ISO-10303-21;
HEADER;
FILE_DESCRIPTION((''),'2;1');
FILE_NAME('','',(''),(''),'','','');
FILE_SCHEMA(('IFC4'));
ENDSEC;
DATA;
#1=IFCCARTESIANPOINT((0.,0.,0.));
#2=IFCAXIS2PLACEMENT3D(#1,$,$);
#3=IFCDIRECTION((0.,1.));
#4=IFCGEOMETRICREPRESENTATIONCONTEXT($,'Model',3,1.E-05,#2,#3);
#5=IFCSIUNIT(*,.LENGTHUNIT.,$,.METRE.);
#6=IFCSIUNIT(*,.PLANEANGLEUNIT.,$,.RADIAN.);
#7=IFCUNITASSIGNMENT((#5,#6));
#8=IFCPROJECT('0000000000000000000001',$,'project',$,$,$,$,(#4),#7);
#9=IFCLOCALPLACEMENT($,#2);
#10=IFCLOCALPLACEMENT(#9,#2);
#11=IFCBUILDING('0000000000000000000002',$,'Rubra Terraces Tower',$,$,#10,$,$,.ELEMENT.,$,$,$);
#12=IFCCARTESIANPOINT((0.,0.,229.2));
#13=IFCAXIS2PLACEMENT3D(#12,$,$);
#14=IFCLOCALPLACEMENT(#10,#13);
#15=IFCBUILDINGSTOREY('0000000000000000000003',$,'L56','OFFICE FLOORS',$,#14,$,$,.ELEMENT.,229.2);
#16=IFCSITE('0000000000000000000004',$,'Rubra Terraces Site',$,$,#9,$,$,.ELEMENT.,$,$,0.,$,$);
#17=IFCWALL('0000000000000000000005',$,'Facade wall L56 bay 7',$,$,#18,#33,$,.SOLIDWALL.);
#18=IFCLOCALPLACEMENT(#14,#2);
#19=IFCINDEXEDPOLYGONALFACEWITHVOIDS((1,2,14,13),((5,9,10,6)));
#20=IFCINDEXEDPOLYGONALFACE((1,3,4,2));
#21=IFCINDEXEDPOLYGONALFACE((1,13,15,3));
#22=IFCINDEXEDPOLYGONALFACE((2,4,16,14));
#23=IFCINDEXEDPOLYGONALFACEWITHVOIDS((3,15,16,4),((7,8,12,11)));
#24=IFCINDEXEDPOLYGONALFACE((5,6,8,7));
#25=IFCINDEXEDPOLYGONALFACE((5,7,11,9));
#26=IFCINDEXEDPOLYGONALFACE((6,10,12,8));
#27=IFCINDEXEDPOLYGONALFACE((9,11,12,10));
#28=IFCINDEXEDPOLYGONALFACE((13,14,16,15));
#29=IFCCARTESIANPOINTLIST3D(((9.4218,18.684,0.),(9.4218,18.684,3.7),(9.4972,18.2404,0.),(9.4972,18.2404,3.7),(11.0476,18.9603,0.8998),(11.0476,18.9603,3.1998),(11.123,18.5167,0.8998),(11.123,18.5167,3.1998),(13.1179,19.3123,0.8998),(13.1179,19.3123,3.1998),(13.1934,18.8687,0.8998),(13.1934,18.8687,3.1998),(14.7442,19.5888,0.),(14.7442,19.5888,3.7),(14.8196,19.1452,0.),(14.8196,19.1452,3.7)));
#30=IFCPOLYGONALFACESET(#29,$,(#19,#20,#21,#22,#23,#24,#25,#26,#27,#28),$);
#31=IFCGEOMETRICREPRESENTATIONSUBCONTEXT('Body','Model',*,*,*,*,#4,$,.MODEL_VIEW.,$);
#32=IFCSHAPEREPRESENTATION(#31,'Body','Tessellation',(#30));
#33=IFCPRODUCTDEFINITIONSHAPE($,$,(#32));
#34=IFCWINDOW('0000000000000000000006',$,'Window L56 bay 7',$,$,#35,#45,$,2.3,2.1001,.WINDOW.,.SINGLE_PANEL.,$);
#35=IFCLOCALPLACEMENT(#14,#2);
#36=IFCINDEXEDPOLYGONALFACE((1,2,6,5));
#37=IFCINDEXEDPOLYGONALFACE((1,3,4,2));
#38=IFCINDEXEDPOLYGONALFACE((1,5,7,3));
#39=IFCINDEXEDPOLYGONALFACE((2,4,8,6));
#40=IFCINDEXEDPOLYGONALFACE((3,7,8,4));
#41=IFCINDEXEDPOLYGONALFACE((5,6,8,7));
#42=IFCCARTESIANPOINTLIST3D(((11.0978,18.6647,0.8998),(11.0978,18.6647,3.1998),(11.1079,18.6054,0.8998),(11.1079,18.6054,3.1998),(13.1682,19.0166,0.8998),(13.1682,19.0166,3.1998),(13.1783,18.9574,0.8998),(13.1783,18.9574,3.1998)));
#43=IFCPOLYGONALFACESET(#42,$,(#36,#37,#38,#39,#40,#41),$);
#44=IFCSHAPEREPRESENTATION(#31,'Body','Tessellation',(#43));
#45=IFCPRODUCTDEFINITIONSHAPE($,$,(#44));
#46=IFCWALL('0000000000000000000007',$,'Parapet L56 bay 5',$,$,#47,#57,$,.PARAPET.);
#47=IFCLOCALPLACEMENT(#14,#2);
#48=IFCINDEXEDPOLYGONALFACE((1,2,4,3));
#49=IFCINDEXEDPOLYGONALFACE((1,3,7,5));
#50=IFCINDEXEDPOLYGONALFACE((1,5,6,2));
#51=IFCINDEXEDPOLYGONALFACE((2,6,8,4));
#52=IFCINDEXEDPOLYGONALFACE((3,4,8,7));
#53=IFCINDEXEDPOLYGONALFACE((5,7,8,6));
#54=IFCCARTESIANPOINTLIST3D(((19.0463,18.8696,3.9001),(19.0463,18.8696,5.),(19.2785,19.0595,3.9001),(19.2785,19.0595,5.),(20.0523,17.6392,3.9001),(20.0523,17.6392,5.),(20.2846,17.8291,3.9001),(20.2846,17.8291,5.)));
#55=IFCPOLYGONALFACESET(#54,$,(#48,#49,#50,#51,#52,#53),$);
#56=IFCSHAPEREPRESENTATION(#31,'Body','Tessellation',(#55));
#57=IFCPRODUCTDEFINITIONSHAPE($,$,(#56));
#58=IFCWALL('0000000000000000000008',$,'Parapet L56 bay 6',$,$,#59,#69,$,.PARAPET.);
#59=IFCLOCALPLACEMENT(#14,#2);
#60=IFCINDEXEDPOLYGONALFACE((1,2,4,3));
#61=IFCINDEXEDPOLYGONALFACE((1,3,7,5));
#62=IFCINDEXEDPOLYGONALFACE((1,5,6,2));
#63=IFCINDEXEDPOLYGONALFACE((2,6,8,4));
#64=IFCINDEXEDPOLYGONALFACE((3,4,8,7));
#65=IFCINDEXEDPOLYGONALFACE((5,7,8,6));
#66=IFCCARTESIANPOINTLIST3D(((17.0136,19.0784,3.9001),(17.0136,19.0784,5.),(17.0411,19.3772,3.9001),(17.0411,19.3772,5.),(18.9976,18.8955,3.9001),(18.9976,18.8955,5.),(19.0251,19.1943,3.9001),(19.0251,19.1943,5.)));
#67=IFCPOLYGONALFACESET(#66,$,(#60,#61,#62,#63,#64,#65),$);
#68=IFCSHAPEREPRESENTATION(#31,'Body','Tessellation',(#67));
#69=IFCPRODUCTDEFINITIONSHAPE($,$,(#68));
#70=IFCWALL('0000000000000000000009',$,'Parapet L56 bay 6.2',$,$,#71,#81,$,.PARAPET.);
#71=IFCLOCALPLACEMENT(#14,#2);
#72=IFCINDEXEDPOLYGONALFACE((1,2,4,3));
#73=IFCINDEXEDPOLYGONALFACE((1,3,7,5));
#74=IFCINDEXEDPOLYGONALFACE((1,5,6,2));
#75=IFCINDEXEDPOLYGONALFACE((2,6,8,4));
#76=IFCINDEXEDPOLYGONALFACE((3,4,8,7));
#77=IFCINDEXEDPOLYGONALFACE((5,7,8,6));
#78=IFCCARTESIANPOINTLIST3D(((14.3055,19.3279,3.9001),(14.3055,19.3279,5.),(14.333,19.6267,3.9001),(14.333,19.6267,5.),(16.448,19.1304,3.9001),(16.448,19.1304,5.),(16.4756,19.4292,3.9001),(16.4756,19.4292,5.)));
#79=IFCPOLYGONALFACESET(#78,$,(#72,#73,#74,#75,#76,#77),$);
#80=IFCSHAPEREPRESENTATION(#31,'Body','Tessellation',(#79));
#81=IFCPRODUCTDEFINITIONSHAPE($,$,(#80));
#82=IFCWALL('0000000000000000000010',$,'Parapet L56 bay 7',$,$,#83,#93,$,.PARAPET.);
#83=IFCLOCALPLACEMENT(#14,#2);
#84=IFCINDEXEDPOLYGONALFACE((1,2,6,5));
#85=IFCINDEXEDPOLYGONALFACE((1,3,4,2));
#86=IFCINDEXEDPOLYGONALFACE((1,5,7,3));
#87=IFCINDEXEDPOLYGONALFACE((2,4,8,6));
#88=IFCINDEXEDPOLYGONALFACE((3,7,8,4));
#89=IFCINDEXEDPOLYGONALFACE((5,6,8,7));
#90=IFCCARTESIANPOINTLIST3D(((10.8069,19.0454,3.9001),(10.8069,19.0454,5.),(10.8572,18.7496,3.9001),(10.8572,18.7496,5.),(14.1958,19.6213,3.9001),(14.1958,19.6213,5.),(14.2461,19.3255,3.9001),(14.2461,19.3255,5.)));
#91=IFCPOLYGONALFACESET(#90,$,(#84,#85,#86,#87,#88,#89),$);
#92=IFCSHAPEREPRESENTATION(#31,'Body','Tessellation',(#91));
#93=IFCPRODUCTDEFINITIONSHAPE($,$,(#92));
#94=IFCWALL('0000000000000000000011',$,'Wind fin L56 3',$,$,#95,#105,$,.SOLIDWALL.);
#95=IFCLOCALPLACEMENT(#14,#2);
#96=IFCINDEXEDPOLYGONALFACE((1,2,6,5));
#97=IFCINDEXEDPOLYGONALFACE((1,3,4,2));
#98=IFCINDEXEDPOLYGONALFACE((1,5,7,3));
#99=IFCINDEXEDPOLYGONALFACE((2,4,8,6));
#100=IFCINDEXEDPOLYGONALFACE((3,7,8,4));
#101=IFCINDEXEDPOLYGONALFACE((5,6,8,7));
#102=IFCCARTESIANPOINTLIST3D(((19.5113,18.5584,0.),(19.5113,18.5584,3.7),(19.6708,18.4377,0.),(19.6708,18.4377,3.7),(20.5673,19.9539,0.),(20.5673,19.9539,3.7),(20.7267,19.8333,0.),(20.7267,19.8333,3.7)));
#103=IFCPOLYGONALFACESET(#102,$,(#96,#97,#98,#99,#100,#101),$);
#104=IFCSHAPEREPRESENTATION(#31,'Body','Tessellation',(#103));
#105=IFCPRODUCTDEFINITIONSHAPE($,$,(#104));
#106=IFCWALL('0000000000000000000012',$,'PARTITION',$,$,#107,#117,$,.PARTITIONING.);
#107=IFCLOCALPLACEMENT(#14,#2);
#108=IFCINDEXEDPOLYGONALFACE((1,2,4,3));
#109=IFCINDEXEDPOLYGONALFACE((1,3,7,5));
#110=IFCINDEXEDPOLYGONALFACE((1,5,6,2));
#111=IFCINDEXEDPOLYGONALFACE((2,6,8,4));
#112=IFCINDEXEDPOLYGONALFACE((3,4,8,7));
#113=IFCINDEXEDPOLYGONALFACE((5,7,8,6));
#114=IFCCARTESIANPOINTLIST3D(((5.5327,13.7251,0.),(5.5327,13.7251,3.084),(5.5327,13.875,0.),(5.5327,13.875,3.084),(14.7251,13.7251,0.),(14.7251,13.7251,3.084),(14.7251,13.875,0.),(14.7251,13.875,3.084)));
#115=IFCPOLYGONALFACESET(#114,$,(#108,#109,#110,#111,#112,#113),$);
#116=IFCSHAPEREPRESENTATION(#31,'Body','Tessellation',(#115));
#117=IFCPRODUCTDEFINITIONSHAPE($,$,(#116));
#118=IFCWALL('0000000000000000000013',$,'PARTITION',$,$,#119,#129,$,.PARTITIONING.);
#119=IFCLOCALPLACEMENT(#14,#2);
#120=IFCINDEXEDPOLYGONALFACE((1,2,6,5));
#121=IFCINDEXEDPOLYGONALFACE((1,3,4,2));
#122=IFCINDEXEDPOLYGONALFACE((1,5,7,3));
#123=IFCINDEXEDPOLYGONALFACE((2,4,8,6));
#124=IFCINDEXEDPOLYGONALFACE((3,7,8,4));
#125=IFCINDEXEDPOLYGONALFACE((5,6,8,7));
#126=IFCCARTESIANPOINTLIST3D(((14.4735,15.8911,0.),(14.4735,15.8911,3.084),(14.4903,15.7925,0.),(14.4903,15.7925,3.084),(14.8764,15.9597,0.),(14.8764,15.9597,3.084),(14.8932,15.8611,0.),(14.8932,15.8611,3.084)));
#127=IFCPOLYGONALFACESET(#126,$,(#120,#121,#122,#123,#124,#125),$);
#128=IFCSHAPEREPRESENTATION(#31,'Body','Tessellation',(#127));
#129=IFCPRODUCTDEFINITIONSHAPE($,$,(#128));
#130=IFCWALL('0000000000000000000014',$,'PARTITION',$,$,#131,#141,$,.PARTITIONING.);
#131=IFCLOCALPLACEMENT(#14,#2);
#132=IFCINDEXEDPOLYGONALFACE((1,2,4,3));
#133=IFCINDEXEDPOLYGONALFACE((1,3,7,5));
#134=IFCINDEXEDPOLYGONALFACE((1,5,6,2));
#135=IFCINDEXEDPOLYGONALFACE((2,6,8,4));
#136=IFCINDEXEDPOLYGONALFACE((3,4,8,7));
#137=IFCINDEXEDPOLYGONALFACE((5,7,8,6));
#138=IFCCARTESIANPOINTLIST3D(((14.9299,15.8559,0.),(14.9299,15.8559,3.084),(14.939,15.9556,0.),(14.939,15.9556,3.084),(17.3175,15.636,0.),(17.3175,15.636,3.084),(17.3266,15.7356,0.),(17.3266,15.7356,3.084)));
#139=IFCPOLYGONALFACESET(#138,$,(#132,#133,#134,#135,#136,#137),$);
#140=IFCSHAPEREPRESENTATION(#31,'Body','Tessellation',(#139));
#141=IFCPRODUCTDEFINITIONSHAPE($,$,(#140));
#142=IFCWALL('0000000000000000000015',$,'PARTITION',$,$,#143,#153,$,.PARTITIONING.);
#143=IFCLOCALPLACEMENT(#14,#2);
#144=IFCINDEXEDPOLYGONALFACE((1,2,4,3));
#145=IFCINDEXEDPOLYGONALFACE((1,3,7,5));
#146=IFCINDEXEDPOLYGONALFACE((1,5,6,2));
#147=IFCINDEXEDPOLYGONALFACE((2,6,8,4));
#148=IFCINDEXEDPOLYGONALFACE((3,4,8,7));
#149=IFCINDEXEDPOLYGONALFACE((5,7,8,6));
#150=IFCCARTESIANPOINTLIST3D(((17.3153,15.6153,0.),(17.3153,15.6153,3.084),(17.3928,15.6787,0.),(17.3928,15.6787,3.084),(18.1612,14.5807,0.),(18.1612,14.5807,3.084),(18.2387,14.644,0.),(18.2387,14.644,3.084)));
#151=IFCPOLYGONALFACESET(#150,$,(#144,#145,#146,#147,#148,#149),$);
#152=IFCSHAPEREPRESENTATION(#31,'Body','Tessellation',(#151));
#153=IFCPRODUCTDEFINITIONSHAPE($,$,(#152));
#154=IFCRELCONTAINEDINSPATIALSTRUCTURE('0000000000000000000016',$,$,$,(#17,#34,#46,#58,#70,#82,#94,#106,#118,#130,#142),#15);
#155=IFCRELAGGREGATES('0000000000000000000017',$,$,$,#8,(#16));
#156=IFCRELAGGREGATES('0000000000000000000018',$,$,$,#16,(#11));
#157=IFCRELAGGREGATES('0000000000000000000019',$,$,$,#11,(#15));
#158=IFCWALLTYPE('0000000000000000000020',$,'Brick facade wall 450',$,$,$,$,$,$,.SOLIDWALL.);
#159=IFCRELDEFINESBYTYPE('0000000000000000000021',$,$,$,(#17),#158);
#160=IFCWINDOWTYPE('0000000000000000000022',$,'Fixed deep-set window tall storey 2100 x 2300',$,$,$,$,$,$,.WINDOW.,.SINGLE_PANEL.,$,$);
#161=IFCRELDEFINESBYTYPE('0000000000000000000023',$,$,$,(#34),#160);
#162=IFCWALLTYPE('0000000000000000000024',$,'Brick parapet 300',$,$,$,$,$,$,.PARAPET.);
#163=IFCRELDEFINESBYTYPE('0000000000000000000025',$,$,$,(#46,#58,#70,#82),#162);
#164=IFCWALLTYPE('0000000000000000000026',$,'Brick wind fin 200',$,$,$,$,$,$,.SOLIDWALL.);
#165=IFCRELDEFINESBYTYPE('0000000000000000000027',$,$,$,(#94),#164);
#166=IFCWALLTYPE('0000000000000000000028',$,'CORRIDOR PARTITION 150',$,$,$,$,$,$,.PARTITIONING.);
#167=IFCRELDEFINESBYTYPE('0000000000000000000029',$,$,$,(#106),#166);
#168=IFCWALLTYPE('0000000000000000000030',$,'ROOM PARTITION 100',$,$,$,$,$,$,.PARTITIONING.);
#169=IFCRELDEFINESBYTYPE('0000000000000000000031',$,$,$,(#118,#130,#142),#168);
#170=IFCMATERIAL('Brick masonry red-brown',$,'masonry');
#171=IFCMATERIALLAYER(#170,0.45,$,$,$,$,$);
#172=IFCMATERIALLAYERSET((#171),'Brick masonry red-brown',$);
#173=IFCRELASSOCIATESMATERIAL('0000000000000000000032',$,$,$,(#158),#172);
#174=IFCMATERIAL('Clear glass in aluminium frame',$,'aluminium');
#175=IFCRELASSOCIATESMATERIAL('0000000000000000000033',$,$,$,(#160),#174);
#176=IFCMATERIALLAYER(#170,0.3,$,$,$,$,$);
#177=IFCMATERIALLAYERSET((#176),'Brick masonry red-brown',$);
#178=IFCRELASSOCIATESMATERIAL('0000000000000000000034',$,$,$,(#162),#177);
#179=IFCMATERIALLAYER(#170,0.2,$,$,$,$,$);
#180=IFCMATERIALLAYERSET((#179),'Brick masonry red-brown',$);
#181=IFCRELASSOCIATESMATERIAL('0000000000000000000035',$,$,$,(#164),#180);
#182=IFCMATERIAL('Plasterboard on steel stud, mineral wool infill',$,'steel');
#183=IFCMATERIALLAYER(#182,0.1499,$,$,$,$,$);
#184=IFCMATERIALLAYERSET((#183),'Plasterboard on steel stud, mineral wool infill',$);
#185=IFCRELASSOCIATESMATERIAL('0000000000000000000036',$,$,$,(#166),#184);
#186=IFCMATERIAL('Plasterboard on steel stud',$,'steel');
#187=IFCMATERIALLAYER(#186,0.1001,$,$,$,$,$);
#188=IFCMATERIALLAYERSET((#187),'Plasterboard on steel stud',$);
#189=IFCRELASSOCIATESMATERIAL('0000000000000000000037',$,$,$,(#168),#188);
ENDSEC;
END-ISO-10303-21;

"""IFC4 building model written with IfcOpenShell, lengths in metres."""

from ifc_helpers import new_model, si_unit, direction, frame, frame_2d, origin, place, context, subcontext, project, spatial, rectangle, extrude, material, layer, layer_set, type_object, element, fill, save


model = new_model("IFC4")

# Units and contexts
model_context = context("Model", 3, precision=1e-05, world=origin(), true_north=direction((0.0, 1.0)))
body_context = subcontext(model_context, "Body", "Model", "MODEL_VIEW")
ifc_project = project(units=[si_unit("LENGTHUNIT", "METRE"), si_unit("PLANEANGLEUNIT", "RADIAN")], contexts=[model_context])

# Site, building, storey
site_placement = place(None, origin())
site = spatial("IfcSite", under=ifc_project, at=site_placement, Name="Rubra Terraces Site", CompositionType="ELEMENT", RefElevation=0.0)
building_placement = place(site_placement, origin())
building = spatial("IfcBuilding", under=site, at=building_placement, Name="Rubra Terraces Tower", CompositionType="ELEMENT")
storey_placement = place(building_placement, frame((0.0, 0.0, 229.2)))
storey = spatial("IfcBuildingStorey", under=building, at=storey_placement, Name="L56", Description="OFFICE FLOORS", CompositionType="ELEMENT", Elevation=229.2)

# Wall, opening, window
ifc_material_1 = material(Name="Brick masonry red-brown", Category="masonry")
ifc_layer_1 = layer(ifc_material_1, 0.45)
ifc_layer_set_1 = layer_set([ifc_layer_1], Name="Brick masonry red-brown")
wall_type_1 = type_object("IfcWallType", Name="Brick facade wall 450", PredefinedType="SOLIDWALL", material=ifc_layer_set_1)
ifc_material_2 = material(Name="Clear glass in aluminium frame", Category="aluminium")
window_type = type_object("IfcWindowType", Name="Fixed deep-set window tall storey 2100 x 2300", PartitioningType="SINGLE_PANEL", PredefinedType="WINDOW", material=ifc_material_2)
wall_1_placement = place(storey_placement, frame((14.7817, 19.3669, 0.0), z_axis=(0.0, 0.0, 1.0), x_axis=(-0.985856, -0.167595, 0.0)))
wall_1 = element("IfcWall", 1, at=wall_1_placement, inside=storey, type_object=wall_type_1, Name="Facade wall L56 bay 7", PredefinedType="SOLIDWALL", context=body_context, shape_type="SweptSolid", body=[
    extrude(rectangle(XDim=5.3987, YDim=0.45, at=frame_2d((2.6992, 0.0))), origin(), (0.0, 0.0, 1.0), 3.7),
])
opening_1_placement = place(wall_1_placement, frame((1.6494, 0.0, 0.8999)))
opening_1 = element("IfcOpeningElement", 2, at=opening_1_placement, cuts=wall_1, PredefinedType="OPENING", context=body_context, shape_type="SweptSolid", body=[
    extrude(rectangle(XDim=2.1001, YDim=2.3, at=frame_2d((1.05, 1.1499))), frame((0.0, 0.2349, 0.0), z_axis=(0.0, -1.0, 0.0), x_axis=(1.0, 0.0, 0.0)), (0.0, 0.0, 1.0), 0.47),
])
window_1_placement = place(opening_1_placement, origin())
window_1 = element("IfcWindow", 3, at=window_1_placement, inside=storey, type_object=window_type, Name="Window L56 bay 7", OverallHeight=2.3, OverallWidth=2.1001, PartitioningType="SINGLE_PANEL", PredefinedType="WINDOW", context=body_context, shape_type="SweptSolid", body=[
    extrude(rectangle(XDim=2.1001, YDim=2.3, at=frame_2d((1.05, 1.1499))), frame((0.0, 0.135, 0.0), z_axis=(0.0, -1.0, 0.0), x_axis=(1.0, 0.0, 0.0)), (0.0, 0.0, 1.0), 0.0601),
])
fill(opening_1, window_1)

# Walls
ifc_layer_2 = layer(ifc_material_1, 0.3)
ifc_layer_set_2 = layer_set([ifc_layer_2], Name="Brick masonry red-brown")
wall_type_2 = type_object("IfcWallType", Name="Brick parapet 300", PredefinedType="PARAPET", material=ifc_layer_set_2)
wall_2_placement = place(storey_placement, frame((20.1685, 17.7341, 3.9001), z_axis=(0.0, 0.0, 1.0), x_axis=(-0.632995, 0.774156, 0.0)))
element("IfcWall", 4, at=wall_2_placement, inside=storey, type_object=wall_type_2, Name="Parapet L56 bay 5", PredefinedType="PARAPET", context=body_context, shape_type="SweptSolid", body=[
    extrude(rectangle(XDim=1.5894, YDim=0.3, at=frame_2d((0.7947, 0.0))), origin(), (0.0, 0.0, 1.0), 1.0999),
])
wall_3_placement = place(storey_placement, frame((19.0112, 19.0449, 3.9001), z_axis=(0.0, 0.0, 1.0), x_axis=(-0.99578, 0.091773, 0.0)))
element("IfcWall", 5, at=wall_3_placement, inside=storey, type_object=wall_type_2, Name="Parapet L56 bay 6", PredefinedType="PARAPET", context=body_context, shape_type="SweptSolid", body=[
    extrude(rectangle(XDim=1.9924, YDim=0.3, at=frame_2d((0.9961, 0.0))), origin(), (0.0, 0.0, 1.0), 1.0999),
])
wall_4_placement = place(storey_placement, frame((16.4617, 19.2798, 3.9001), z_axis=(0.0, 0.0, 1.0), x_axis=(-0.995778, 0.091794, 0.0)))
element("IfcWall", 6, at=wall_4_placement, inside=storey, type_object=wall_type_2, Name="Parapet L56 bay 6.2", PredefinedType="PARAPET", context=body_context, shape_type="SweptSolid", body=[
    extrude(rectangle(XDim=2.1516, YDim=0.3, at=frame_2d((1.0757, 0.0))), origin(), (0.0, 0.0, 1.0), 1.0999),
])
wall_5_placement = place(storey_placement, frame((14.2209, 19.4734, 3.9001), z_axis=(0.0, 0.0, 1.0), x_axis=(-0.985865, -0.167542, 0.0)))
element("IfcWall", 7, at=wall_5_placement, inside=storey, type_object=wall_type_2, Name="Parapet L56 bay 7", PredefinedType="PARAPET", context=body_context, shape_type="SweptSolid", body=[
    extrude(rectangle(XDim=3.4375, YDim=0.3, at=frame_2d((1.7188, 0.0))), origin(), (0.0, 0.0, 1.0), 1.0999),
])
ifc_layer_3 = layer(ifc_material_1, 0.2)
ifc_layer_set_3 = layer_set([ifc_layer_3], Name="Brick masonry red-brown")
wall_type_3 = type_object("IfcWallType", Name="Brick wind fin 200", PredefinedType="SOLIDWALL", material=ifc_layer_set_3)
wall_6_placement = place(storey_placement, frame((19.5911, 18.498, 0.0), z_axis=(0.0, 0.0, 1.0), x_axis=(0.603388, 0.797448, 0.0)))
element("IfcWall", 8, at=wall_6_placement, inside=storey, type_object=wall_type_3, Name="Wind fin L56 3", PredefinedType="SOLIDWALL", context=body_context, shape_type="SweptSolid", body=[
    extrude(rectangle(XDim=1.75, YDim=0.2, at=frame_2d((0.875, 0.0))), origin(), (0.0, 0.0, 1.0), 3.7),
])
ifc_material_3 = material(Name="Plasterboard on steel stud, mineral wool infill", Category="steel")
ifc_layer_4 = layer(ifc_material_3, 0.1499)
ifc_layer_set_4 = layer_set([ifc_layer_4], Name="Plasterboard on steel stud, mineral wool infill")
wall_type_4 = type_object("IfcWallType", Name="CORRIDOR PARTITION 150", PredefinedType="PARTITIONING", material=ifc_layer_set_4)
wall_7_placement = place(storey_placement, frame((14.7251, 13.8, 0.0), z_axis=(0.0, 0.0, 1.0), x_axis=(-1.0, 0.0, 0.0)))
element("IfcWall", 9, at=wall_7_placement, inside=storey, type_object=wall_type_4, Name="PARTITION", PredefinedType="PARTITIONING", context=body_context, shape_type="SweptSolid", body=[
    extrude(rectangle(XDim=9.1924, YDim=0.1499, at=frame_2d((4.5962, 0.0))), origin(), (0.0, 0.0, 1.0), 3.084),
])
ifc_material_4 = material(Name="Plasterboard on steel stud", Category="steel")
ifc_layer_5 = layer(ifc_material_4, 0.1001)
ifc_layer_set_5 = layer_set([ifc_layer_5], Name="Plasterboard on steel stud")
wall_type_5 = type_object("IfcWallType", Name="ROOM PARTITION 100", PredefinedType="PARTITIONING", material=ifc_layer_set_5)
wall_8_placement = place(storey_placement, frame((14.4819, 15.8418, 0.0), z_axis=(0.0, 0.0, 1.0), x_axis=(0.985806, 0.167886, 0.0)))
element("IfcWall", 10, at=wall_8_placement, inside=storey, type_object=wall_type_5, Name="PARTITION", PredefinedType="PARTITIONING", context=body_context, shape_type="SweptSolid", body=[
    extrude(rectangle(XDim=0.4087, YDim=0.1001, at=frame_2d((0.2043, 0.0))), origin(), (0.0, 0.0, 1.0), 3.084),
])
wall_9_placement = place(storey_placement, frame((14.9346, 15.9058, 0.0), z_axis=(0.0, 0.0, 1.0), x_axis=(0.995783, -0.091738, 0.0)))
element("IfcWall", 11, at=wall_9_placement, inside=storey, type_object=wall_type_5, Name="PARTITION", PredefinedType="PARTITIONING", context=body_context, shape_type="SweptSolid", body=[
    extrude(rectangle(XDim=2.3977, YDim=0.1001, at=frame_2d((1.1987, 0.0))), origin(), (0.0, 0.0, 1.0), 3.084),
])
wall_10_placement = place(storey_placement, frame((17.354, 15.647, 0.0), z_axis=(0.0, 0.0, 1.0), x_axis=(0.632969, -0.774177, 0.0)))
element("IfcWall", 12, at=wall_10_placement, inside=storey, type_object=wall_type_5, Name="PARTITION", PredefinedType="PARTITIONING", context=body_context, shape_type="SweptSolid", body=[
    extrude(rectangle(XDim=1.3364, YDim=0.1001, at=frame_2d((0.6682, 0.0))), origin(), (0.0, 0.0, 1.0), 3.084),
])

save(model, "model.ifc")
